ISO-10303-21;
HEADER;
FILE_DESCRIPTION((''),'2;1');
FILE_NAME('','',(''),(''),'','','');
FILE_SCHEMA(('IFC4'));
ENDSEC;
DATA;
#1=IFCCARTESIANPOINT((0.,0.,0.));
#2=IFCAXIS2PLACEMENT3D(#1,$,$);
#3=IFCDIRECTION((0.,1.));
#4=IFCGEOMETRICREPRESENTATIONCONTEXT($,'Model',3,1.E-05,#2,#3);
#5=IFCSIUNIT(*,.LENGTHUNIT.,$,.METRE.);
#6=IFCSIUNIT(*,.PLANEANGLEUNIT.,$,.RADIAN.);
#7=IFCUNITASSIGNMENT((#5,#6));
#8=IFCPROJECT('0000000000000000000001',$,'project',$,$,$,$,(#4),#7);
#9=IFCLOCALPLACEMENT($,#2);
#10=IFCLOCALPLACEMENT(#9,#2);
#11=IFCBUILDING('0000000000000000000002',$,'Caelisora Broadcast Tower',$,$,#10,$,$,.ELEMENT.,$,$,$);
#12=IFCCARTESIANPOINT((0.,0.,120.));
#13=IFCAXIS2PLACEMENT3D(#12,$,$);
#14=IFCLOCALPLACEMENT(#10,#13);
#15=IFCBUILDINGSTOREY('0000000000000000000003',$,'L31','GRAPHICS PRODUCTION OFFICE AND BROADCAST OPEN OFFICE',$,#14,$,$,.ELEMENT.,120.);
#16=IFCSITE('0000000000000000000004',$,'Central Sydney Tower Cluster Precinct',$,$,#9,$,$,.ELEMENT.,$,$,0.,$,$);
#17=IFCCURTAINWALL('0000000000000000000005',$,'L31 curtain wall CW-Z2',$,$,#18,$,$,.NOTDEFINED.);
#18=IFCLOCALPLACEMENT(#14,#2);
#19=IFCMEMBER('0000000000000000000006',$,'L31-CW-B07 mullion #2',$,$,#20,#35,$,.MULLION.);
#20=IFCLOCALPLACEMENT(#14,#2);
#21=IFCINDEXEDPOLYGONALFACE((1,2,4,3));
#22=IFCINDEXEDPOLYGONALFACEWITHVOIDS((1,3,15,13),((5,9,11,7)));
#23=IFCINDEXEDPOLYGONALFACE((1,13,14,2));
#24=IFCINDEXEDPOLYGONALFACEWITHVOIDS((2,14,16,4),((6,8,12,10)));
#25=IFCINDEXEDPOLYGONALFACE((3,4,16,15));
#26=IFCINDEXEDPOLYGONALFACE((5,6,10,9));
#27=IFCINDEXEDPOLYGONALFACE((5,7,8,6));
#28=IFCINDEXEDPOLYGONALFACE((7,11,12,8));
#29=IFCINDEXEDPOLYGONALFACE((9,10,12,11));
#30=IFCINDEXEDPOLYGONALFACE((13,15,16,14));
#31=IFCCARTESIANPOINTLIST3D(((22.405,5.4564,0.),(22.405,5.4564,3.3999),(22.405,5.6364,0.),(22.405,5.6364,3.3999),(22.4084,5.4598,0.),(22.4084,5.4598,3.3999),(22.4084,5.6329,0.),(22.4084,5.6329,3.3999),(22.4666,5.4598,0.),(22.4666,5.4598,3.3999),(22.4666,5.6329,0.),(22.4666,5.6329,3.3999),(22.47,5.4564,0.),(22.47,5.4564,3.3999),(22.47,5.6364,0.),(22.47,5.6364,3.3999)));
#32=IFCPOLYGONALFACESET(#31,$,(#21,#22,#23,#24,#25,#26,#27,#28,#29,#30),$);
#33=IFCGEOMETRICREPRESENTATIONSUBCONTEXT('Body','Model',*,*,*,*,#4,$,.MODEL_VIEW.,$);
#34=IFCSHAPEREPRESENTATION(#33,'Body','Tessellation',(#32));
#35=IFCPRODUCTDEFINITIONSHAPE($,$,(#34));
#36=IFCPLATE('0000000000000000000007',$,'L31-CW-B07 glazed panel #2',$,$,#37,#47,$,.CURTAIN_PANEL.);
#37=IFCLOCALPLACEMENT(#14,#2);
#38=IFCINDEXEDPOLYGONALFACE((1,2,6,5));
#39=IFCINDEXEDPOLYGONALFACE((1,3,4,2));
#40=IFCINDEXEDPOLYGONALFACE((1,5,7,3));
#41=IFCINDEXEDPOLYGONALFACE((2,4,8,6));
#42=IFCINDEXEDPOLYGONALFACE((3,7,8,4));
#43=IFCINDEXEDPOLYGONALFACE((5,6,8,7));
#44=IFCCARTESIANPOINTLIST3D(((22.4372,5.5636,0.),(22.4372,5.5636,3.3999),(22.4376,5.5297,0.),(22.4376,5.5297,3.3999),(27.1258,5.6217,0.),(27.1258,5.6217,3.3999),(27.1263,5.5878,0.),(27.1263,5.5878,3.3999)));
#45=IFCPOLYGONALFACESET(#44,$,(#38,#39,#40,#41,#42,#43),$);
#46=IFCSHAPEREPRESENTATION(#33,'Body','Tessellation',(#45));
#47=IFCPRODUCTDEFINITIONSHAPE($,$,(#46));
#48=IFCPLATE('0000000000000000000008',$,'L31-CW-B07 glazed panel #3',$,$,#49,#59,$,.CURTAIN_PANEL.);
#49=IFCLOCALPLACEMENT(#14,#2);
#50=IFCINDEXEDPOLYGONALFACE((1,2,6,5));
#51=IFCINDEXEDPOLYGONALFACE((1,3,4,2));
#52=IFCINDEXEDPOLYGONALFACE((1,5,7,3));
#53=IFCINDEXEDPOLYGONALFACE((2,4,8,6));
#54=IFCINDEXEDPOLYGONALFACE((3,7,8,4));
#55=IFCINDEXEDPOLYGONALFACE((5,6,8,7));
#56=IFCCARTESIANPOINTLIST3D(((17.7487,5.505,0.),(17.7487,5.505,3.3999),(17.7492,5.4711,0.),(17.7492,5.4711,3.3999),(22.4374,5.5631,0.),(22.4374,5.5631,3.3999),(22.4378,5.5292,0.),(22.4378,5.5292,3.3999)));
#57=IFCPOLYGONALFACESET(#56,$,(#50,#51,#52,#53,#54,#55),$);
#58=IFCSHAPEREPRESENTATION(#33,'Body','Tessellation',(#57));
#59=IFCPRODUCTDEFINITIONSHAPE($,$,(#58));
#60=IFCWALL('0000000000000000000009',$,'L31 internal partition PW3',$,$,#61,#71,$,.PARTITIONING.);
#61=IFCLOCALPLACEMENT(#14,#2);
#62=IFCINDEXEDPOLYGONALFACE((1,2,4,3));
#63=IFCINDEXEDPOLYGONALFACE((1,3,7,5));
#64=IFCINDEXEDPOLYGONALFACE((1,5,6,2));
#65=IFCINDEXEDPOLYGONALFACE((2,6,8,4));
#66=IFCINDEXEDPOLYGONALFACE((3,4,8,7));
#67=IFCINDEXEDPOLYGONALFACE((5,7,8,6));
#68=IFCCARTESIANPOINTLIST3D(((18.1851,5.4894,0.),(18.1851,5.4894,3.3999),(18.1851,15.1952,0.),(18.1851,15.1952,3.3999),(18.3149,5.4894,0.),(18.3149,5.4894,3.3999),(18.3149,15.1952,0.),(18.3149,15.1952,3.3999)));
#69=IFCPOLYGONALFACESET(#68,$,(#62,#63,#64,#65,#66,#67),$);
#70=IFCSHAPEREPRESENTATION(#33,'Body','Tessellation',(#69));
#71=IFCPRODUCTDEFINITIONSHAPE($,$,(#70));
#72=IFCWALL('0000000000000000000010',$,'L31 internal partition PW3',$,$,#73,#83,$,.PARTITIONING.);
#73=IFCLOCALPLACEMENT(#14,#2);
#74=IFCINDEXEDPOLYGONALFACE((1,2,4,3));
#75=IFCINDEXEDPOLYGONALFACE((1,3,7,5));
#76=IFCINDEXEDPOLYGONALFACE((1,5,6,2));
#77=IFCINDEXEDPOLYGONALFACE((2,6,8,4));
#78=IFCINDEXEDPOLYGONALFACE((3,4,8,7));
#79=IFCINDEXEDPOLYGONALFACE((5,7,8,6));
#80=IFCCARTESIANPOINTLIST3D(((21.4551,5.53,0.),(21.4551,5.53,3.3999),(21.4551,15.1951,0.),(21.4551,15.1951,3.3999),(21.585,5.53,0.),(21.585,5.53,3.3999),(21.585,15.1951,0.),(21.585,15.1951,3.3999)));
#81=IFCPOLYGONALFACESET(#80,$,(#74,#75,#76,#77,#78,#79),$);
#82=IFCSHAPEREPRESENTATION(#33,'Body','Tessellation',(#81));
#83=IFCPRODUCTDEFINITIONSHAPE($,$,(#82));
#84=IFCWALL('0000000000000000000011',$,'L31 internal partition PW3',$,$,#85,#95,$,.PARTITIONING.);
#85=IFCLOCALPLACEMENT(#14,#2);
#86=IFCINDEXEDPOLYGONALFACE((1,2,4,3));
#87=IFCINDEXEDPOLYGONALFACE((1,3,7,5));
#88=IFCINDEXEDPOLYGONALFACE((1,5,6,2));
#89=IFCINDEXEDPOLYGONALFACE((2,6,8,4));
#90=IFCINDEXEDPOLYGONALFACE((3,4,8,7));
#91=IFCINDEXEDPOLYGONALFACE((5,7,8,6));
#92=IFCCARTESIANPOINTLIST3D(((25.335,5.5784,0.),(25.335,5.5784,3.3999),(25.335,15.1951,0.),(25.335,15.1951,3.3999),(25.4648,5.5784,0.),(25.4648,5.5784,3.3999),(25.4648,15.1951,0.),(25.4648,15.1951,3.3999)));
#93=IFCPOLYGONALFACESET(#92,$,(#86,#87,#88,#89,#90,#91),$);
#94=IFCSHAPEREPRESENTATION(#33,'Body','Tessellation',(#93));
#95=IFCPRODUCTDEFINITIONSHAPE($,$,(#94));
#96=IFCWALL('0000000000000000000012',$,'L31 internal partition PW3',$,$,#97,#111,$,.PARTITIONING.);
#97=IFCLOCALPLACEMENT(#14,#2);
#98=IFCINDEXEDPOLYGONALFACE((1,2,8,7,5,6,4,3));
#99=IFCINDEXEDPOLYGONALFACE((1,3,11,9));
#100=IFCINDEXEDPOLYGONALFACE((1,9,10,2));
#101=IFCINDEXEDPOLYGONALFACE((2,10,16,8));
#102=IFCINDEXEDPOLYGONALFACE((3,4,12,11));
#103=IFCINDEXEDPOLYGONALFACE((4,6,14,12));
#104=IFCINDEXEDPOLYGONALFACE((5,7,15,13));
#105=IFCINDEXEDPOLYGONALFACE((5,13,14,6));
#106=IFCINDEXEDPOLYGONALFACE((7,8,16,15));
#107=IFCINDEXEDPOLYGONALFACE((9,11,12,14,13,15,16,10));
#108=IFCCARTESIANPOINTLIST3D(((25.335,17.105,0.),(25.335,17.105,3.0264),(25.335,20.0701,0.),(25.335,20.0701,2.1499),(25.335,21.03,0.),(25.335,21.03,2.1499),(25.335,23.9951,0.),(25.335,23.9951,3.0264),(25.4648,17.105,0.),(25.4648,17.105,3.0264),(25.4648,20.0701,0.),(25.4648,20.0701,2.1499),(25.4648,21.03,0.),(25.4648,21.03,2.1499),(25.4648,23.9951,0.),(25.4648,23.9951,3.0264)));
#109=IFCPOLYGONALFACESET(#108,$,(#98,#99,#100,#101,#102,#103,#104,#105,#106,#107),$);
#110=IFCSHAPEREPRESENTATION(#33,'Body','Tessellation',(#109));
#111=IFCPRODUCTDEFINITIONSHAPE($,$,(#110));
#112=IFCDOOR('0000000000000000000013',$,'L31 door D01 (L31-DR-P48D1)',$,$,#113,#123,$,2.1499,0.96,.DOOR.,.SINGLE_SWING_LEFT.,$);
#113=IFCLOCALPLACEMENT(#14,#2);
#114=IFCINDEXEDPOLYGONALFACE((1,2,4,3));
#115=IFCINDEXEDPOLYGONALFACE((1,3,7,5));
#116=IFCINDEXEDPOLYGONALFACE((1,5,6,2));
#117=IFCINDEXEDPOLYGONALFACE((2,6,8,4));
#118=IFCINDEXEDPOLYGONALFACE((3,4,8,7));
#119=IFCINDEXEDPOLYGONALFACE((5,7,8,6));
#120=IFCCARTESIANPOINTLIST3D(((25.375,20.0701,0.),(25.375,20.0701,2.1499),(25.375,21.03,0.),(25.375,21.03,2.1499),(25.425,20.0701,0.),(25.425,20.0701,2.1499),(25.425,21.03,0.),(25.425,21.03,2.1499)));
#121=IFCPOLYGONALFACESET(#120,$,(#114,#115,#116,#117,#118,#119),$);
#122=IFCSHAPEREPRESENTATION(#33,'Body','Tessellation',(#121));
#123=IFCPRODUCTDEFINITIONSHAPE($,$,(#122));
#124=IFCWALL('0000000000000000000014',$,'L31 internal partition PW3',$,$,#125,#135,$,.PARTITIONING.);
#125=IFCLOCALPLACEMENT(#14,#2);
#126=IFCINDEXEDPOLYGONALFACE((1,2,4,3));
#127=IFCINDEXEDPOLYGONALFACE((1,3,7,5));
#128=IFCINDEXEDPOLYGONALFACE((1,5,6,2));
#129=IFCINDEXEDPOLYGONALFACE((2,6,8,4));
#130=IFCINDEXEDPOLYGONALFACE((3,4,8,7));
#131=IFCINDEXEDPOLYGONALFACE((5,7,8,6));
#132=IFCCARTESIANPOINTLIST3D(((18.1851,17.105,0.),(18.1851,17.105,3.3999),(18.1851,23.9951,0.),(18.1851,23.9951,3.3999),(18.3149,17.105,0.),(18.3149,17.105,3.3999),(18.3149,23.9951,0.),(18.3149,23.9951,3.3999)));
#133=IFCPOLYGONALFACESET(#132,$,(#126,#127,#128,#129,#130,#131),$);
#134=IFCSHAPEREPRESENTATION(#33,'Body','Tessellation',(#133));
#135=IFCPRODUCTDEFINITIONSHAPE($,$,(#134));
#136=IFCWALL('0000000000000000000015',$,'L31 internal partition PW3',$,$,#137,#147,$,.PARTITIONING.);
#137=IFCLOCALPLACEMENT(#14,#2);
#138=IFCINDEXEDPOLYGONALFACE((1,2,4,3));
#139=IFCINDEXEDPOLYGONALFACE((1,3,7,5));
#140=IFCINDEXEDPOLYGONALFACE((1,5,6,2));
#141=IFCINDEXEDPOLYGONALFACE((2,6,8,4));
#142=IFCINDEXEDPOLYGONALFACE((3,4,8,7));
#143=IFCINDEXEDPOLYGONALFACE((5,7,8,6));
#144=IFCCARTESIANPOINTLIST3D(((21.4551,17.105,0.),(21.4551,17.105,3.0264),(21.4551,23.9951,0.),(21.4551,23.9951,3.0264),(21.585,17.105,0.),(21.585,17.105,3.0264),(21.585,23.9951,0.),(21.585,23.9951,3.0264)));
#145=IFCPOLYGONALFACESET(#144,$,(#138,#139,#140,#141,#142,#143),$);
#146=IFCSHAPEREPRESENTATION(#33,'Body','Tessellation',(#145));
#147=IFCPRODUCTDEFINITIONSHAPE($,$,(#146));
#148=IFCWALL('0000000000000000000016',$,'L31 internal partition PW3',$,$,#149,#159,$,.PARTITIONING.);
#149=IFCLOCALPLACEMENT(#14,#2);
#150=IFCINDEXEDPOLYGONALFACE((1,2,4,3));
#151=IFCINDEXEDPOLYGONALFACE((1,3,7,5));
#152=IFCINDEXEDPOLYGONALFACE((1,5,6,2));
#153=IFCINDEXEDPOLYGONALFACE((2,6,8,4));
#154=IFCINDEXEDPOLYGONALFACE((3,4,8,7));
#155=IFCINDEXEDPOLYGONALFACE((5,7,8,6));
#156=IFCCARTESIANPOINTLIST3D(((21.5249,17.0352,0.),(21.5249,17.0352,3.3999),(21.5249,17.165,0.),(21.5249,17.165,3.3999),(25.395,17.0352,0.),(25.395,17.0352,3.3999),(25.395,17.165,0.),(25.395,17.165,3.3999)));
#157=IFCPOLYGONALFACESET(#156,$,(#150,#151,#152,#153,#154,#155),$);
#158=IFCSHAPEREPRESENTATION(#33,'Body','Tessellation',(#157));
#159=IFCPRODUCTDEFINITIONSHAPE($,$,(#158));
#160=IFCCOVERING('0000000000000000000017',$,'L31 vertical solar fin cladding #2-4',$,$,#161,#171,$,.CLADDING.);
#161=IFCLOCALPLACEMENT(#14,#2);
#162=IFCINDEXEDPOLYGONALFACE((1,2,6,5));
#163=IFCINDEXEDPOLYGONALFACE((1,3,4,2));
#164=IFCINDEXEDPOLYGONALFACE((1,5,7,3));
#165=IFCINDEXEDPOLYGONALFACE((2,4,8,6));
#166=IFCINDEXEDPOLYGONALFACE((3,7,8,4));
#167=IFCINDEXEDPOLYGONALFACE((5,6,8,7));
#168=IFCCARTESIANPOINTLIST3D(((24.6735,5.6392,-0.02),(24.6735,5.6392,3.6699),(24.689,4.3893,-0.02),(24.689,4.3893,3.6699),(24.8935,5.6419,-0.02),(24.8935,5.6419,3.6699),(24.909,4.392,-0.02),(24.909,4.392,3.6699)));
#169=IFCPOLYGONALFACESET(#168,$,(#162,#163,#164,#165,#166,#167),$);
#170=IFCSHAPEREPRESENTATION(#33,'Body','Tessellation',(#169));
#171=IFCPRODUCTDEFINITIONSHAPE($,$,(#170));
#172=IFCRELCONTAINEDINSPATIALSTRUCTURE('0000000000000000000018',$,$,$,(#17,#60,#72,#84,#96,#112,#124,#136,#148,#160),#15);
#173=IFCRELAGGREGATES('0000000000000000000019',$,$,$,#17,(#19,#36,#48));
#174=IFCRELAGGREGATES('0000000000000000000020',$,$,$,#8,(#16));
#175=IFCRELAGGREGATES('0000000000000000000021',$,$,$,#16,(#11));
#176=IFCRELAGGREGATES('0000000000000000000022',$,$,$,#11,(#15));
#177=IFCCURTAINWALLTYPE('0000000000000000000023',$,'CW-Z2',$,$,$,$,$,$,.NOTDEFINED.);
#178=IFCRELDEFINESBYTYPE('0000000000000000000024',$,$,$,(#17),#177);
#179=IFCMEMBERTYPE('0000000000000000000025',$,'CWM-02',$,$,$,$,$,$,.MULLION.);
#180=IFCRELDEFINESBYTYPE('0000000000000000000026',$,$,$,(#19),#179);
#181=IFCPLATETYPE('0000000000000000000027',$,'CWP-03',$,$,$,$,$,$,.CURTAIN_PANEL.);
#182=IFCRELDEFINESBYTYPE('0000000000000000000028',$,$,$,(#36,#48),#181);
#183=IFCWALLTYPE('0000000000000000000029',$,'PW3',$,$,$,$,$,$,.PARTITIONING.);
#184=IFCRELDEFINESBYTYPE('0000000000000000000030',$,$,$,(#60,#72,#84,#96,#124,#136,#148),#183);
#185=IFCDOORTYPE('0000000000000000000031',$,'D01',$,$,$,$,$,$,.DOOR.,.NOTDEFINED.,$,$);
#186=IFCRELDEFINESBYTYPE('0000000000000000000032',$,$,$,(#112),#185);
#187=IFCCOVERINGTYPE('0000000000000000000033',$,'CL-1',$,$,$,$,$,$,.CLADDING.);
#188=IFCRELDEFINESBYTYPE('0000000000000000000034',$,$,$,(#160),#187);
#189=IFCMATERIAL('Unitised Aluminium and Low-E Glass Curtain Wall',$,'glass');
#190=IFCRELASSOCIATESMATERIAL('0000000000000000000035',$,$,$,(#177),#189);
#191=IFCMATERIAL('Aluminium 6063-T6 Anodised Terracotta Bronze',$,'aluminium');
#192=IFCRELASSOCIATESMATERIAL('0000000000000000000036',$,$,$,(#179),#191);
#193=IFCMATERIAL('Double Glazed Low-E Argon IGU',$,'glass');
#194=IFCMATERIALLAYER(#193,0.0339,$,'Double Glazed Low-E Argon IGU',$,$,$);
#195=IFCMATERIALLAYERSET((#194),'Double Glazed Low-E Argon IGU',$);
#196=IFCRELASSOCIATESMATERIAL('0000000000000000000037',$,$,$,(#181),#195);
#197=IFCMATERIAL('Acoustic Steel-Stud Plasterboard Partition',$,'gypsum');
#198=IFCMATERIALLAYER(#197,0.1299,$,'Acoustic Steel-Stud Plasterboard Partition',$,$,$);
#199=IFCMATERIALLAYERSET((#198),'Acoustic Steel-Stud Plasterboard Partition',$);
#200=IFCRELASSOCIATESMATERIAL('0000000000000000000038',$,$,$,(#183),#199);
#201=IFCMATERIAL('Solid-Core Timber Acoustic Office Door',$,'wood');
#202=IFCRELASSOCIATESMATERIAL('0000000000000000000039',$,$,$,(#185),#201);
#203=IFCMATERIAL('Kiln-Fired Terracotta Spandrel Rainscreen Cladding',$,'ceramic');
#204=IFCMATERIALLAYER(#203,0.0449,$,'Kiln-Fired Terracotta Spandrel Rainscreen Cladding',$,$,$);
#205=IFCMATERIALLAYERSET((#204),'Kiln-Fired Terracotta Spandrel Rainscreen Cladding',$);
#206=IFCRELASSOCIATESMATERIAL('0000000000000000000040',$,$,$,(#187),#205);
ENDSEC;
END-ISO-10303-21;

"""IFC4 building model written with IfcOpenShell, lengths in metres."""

from ifc_helpers import new_model, si_unit, direction, frame, frame_2d, origin, origin_2d, place, context, subcontext, project, spatial, rectangle, hollow_rectangle, extrude, source, transform, mapped, material, layer, layer_set, material_profile, profile_set, type_object, type_shapes, element, fill, aggregate, save


model = new_model("IFC4")

# Units and contexts
model_context = context("Model", 3, precision=1e-05, world=origin(), true_north=direction((0.0, 1.0)))
body_context = subcontext(model_context, "Body", "Model", "MODEL_VIEW")
ifc_project = project(units=[si_unit("LENGTHUNIT", "METRE"), si_unit("PLANEANGLEUNIT", "RADIAN")], contexts=[model_context])

# Site, building, storey
site_placement = place(None, origin())
site = spatial("IfcSite", under=ifc_project, at=site_placement, Name="Central Sydney Tower Cluster Precinct", CompositionType="ELEMENT", RefElevation=0.0)
building_placement = place(site_placement, origin())
building = spatial("IfcBuilding", under=site, at=building_placement, Name="Caelisora Broadcast Tower", CompositionType="ELEMENT")
storey_placement = place(building_placement, frame((0.0, 0.0, 120.0)))
storey = spatial("IfcBuildingStorey", under=building, at=storey_placement, Name="L31", Description="GRAPHICS PRODUCTION OFFICE AND BROADCAST OPEN OFFICE", CompositionType="ELEMENT", Elevation=120.0)

# Curtain wall, member, plates
ifc_material_1 = material(Name="Unitised Aluminium and Low-E Glass Curtain Wall", Category="glass")
curtain_wall_type = type_object("IfcCurtainWallType", Name="CW-Z2", PredefinedType="NOTDEFINED", material=ifc_material_1)
curtain_wall_placement = place(storey_placement, origin())
curtain_wall = element("IfcCurtainWall", 1, at=curtain_wall_placement, inside=storey, type_object=curtain_wall_type, Name="L31 curtain wall CW-Z2", PredefinedType="NOTDEFINED")
ifc_material_2 = material(Name="Aluminium 6063-T6 Anodised Terracotta Bronze", Category="aluminium")
ifc_material_profile_1 = material_profile(ifc_material_2, hollow_rectangle(XDim=0.0649, YDim=0.1799, WallThickness=0.0034, at=origin_2d()), Name="Aluminium 6063-T6 Anodised Terracotta Bronze")
ifc_profile_set_1 = profile_set([ifc_material_profile_1], Name="Aluminium 6063-T6 Anodised Terracotta Bronze")
member_type = type_object("IfcMemberType", Name="CWM-02", PredefinedType="MULLION", material=ifc_profile_set_1)
shared_shape_1 = source(origin(), body_context, "Body", "SweptSolid", [
    extrude(hollow_rectangle(XDim=0.0649, YDim=0.1799, WallThickness=0.0034, at=origin_2d()), origin(), (0.0, 0.0, 1.0), 3.3999),
])
type_shapes(member_type, [shared_shape_1])
member_placement = place(storey_placement, frame((22.4375, 5.5464, 0.0), z_axis=(0.0, 0.0, 1.0), x_axis=(1.0, 0.0, 0.0)))
member = element("IfcMember", 2, at=member_placement, type_object=member_type, Name="L31-CW-B07 mullion #2", PredefinedType="MULLION", context=body_context, shape_type="MappedRepresentation", body=[
    mapped(shared_shape_1, transform((0.0, 0.0, 0.0), scale=1.0)),
])
ifc_material_3 = material(Name="Double Glazed Low-E Argon IGU", Category="glass")
ifc_layer_1 = layer(ifc_material_3, 0.0339, Name="Double Glazed Low-E Argon IGU")
ifc_layer_set_1 = layer_set([ifc_layer_1], Name="Double Glazed Low-E Argon IGU")
plate_type = type_object("IfcPlateType", Name="CWP-03", PredefinedType="CURTAIN_PANEL", material=ifc_layer_set_1)
shared_shape_2 = source(origin(), body_context, "Body", "SweptSolid", [
    extrude(rectangle(XDim=4.689, YDim=0.0339, at=origin_2d()), origin(), (0.0, 0.0, 1.0), 3.3999),
])
type_shapes(plate_type, [shared_shape_2])
plate_1_placement = place(storey_placement, frame((24.7817, 5.5757, 0.0), z_axis=(0.0, 0.0, 1.0), x_axis=(-0.999923, -0.012392, 0.0)))
plate_1 = element("IfcPlate", 3, at=plate_1_placement, type_object=plate_type, Name="L31-CW-B07 glazed panel #2", PredefinedType="CURTAIN_PANEL", context=body_context, shape_type="MappedRepresentation", body=[
    mapped(shared_shape_2, transform((0.0, 0.0, 0.0), scale=1.0)),
])
plate_2_placement = place(storey_placement, frame((20.0933, 5.5171, 0.0), z_axis=(0.0, 0.0, 1.0), x_axis=(-0.999923, -0.012392, 0.0)))
plate_2 = element("IfcPlate", 4, at=plate_2_placement, type_object=plate_type, Name="L31-CW-B07 glazed panel #3", PredefinedType="CURTAIN_PANEL", context=body_context, shape_type="MappedRepresentation", body=[
    mapped(shared_shape_2, transform((0.0, 0.0, 0.0), scale=1.0)),
])
aggregate(curtain_wall, [member, plate_1, plate_2])

# Walls
ifc_material_4 = material(Name="Acoustic Steel-Stud Plasterboard Partition", Category="gypsum")
ifc_layer_2 = layer(ifc_material_4, 0.1299, Name="Acoustic Steel-Stud Plasterboard Partition")
ifc_layer_set_2 = layer_set([ifc_layer_2], Name="Acoustic Steel-Stud Plasterboard Partition")
wall_type = type_object("IfcWallType", Name="PW3", PredefinedType="PARTITIONING", material=ifc_layer_set_2)
wall_1_placement = place(storey_placement, frame((18.25, 5.4893, 0.0), z_axis=(0.0, 0.0, 1.0), x_axis=(0.0, 1.0, 0.0)))
element("IfcWall", 5, at=wall_1_placement, inside=storey, type_object=wall_type, Name="L31 internal partition PW3", PredefinedType="PARTITIONING", context=body_context, shape_type="SweptSolid", body=[
    extrude(rectangle(XDim=9.7058, YDim=0.1299, at=frame_2d((4.853, 0.0))), origin(), (0.0, 0.0, 1.0), 3.3999),
])
wall_2_placement = place(storey_placement, frame((21.52, 5.53, 0.0), z_axis=(0.0, 0.0, 1.0), x_axis=(0.0, 1.0, 0.0)))
element("IfcWall", 6, at=wall_2_placement, inside=storey, type_object=wall_type, Name="L31 internal partition PW3", PredefinedType="PARTITIONING", context=body_context, shape_type="SweptSolid", body=[
    extrude(rectangle(XDim=9.665, YDim=0.1299, at=frame_2d((4.8325, 0.0))), origin(), (0.0, 0.0, 1.0), 3.3999),
])
wall_3_placement = place(storey_placement, frame((25.3999, 5.5784, 0.0), z_axis=(0.0, 0.0, 1.0), x_axis=(0.0, 1.0, 0.0)))
element("IfcWall", 7, at=wall_3_placement, inside=storey, type_object=wall_type, Name="L31 internal partition PW3", PredefinedType="PARTITIONING", context=body_context, shape_type="SweptSolid", body=[
    extrude(rectangle(XDim=9.6167, YDim=0.1299, at=frame_2d((4.8083, 0.0))), origin(), (0.0, 0.0, 1.0), 3.3999),
])

# Wall, opening, door
wall_4_placement = place(storey_placement, frame((25.3999, 17.105, 0.0), z_axis=(0.0, 0.0, 1.0), x_axis=(0.0, 1.0, 0.0)))
wall_4 = element("IfcWall", 8, at=wall_4_placement, inside=storey, type_object=wall_type, Name="L31 internal partition PW3", PredefinedType="PARTITIONING", context=body_context, shape_type="SweptSolid", body=[
    extrude(rectangle(XDim=6.8901, YDim=0.1299, at=frame_2d((3.4451, 0.0))), origin(), (0.0, 0.0, 1.0), 3.0264),
])
opening_1_placement = place(wall_4_placement, frame((2.9651, 0.0, 0.0)))
opening_1 = element("IfcOpeningElement", 9, at=opening_1_placement, cuts=wall_4, PredefinedType="OPENING", context=body_context, shape_type="SweptSolid", body=[
    extrude(rectangle(XDim=0.96, YDim=2.1499, at=frame_2d((0.48, 1.075))), frame((0.0, 0.0769, 0.0), z_axis=(0.0, -1.0, 0.0), x_axis=(1.0, 0.0, 0.0)), (0.0, 0.0, 1.0), 0.1538),
])
ifc_material_5 = material(Name="Solid-Core Timber Acoustic Office Door", Category="wood")
door_type = type_object("IfcDoorType", Name="D01", OperationType="NOTDEFINED", PredefinedType="DOOR", material=ifc_material_5)
door_1_placement = place(opening_1_placement, origin())
door_1 = element("IfcDoor", 10, at=door_1_placement, inside=storey, type_object=door_type, Name="L31 door D01 (L31-DR-P48D1)", OperationType="SINGLE_SWING_LEFT", OverallHeight=2.1499, OverallWidth=0.96, PredefinedType="DOOR", context=body_context, shape_type="SweptSolid", body=[
    extrude(rectangle(XDim=0.96, YDim=2.1499, at=frame_2d((0.48, 1.075))), frame((0.0, 0.0249, 0.0), z_axis=(0.0, -1.0, 0.0), x_axis=(1.0, 0.0, 0.0)), (0.0, 0.0, 1.0), 0.05),
])
fill(opening_1, door_1)

# Walls
wall_5_placement = place(storey_placement, frame((18.25, 17.105, 0.0), z_axis=(0.0, 0.0, 1.0), x_axis=(0.0, 1.0, 0.0)))
element("IfcWall", 11, at=wall_5_placement, inside=storey, type_object=wall_type, Name="L31 internal partition PW3", PredefinedType="PARTITIONING", context=body_context, shape_type="SweptSolid", body=[
    extrude(rectangle(XDim=6.8901, YDim=0.1299, at=frame_2d((3.4451, 0.0))), origin(), (0.0, 0.0, 1.0), 3.3999),
])
wall_6_placement = place(storey_placement, frame((21.52, 17.105, 0.0), z_axis=(0.0, 0.0, 1.0), x_axis=(0.0, 1.0, 0.0)))
element("IfcWall", 12, at=wall_6_placement, inside=storey, type_object=wall_type, Name="L31 internal partition PW3", PredefinedType="PARTITIONING", context=body_context, shape_type="SweptSolid", body=[
    extrude(rectangle(XDim=6.8901, YDim=0.1299, at=frame_2d((3.4451, 0.0))), origin(), (0.0, 0.0, 1.0), 3.0264),
])
wall_7_placement = place(storey_placement, frame((21.5249, 17.1001, 0.0), z_axis=(0.0, 0.0, 1.0), x_axis=(1.0, 0.0, 0.0)))
element("IfcWall", 13, at=wall_7_placement, inside=storey, type_object=wall_type, Name="L31 internal partition PW3", PredefinedType="PARTITIONING", context=body_context, shape_type="SweptSolid", body=[
    extrude(rectangle(XDim=3.8701, YDim=0.1299, at=frame_2d((1.9351, 0.0))), origin(), (0.0, 0.0, 1.0), 3.3999),
])

# Covering
ifc_material_6 = material(Name="Kiln-Fired Terracotta Spandrel Rainscreen Cladding", Category="ceramic")
ifc_layer_3 = layer(ifc_material_6, 0.0449, Name="Kiln-Fired Terracotta Spandrel Rainscreen Cladding")
ifc_layer_set_3 = layer_set([ifc_layer_3], Name="Kiln-Fired Terracotta Spandrel Rainscreen Cladding")
covering_type = type_object("IfcCoveringType", Name="CL-1", PredefinedType="CLADDING", material=ifc_layer_set_3)
shared_shape_3 = source(origin(), body_context, "Body", "SweptSolid", [
    extrude(rectangle(XDim=0.22, YDim=1.25, at=origin_2d()), origin(), (0.0, 0.0, 1.0), 3.6899),
])
type_shapes(covering_type, [shared_shape_3])
covering_placement = place(storey_placement, frame((24.7913, 5.0156, -0.02), z_axis=(0.0, 0.0, 1.0), x_axis=(-0.999923, -0.012392, 0.0)))
element("IfcCovering", 14, at=covering_placement, inside=storey, type_object=covering_type, Name="L31 vertical solar fin cladding #2-4", PredefinedType="CLADDING", context=body_context, shape_type="MappedRepresentation", body=[
    mapped(shared_shape_3, transform((0.0, 0.0, 0.0), scale=1.0)),
])

save(model, "model.ifc")
